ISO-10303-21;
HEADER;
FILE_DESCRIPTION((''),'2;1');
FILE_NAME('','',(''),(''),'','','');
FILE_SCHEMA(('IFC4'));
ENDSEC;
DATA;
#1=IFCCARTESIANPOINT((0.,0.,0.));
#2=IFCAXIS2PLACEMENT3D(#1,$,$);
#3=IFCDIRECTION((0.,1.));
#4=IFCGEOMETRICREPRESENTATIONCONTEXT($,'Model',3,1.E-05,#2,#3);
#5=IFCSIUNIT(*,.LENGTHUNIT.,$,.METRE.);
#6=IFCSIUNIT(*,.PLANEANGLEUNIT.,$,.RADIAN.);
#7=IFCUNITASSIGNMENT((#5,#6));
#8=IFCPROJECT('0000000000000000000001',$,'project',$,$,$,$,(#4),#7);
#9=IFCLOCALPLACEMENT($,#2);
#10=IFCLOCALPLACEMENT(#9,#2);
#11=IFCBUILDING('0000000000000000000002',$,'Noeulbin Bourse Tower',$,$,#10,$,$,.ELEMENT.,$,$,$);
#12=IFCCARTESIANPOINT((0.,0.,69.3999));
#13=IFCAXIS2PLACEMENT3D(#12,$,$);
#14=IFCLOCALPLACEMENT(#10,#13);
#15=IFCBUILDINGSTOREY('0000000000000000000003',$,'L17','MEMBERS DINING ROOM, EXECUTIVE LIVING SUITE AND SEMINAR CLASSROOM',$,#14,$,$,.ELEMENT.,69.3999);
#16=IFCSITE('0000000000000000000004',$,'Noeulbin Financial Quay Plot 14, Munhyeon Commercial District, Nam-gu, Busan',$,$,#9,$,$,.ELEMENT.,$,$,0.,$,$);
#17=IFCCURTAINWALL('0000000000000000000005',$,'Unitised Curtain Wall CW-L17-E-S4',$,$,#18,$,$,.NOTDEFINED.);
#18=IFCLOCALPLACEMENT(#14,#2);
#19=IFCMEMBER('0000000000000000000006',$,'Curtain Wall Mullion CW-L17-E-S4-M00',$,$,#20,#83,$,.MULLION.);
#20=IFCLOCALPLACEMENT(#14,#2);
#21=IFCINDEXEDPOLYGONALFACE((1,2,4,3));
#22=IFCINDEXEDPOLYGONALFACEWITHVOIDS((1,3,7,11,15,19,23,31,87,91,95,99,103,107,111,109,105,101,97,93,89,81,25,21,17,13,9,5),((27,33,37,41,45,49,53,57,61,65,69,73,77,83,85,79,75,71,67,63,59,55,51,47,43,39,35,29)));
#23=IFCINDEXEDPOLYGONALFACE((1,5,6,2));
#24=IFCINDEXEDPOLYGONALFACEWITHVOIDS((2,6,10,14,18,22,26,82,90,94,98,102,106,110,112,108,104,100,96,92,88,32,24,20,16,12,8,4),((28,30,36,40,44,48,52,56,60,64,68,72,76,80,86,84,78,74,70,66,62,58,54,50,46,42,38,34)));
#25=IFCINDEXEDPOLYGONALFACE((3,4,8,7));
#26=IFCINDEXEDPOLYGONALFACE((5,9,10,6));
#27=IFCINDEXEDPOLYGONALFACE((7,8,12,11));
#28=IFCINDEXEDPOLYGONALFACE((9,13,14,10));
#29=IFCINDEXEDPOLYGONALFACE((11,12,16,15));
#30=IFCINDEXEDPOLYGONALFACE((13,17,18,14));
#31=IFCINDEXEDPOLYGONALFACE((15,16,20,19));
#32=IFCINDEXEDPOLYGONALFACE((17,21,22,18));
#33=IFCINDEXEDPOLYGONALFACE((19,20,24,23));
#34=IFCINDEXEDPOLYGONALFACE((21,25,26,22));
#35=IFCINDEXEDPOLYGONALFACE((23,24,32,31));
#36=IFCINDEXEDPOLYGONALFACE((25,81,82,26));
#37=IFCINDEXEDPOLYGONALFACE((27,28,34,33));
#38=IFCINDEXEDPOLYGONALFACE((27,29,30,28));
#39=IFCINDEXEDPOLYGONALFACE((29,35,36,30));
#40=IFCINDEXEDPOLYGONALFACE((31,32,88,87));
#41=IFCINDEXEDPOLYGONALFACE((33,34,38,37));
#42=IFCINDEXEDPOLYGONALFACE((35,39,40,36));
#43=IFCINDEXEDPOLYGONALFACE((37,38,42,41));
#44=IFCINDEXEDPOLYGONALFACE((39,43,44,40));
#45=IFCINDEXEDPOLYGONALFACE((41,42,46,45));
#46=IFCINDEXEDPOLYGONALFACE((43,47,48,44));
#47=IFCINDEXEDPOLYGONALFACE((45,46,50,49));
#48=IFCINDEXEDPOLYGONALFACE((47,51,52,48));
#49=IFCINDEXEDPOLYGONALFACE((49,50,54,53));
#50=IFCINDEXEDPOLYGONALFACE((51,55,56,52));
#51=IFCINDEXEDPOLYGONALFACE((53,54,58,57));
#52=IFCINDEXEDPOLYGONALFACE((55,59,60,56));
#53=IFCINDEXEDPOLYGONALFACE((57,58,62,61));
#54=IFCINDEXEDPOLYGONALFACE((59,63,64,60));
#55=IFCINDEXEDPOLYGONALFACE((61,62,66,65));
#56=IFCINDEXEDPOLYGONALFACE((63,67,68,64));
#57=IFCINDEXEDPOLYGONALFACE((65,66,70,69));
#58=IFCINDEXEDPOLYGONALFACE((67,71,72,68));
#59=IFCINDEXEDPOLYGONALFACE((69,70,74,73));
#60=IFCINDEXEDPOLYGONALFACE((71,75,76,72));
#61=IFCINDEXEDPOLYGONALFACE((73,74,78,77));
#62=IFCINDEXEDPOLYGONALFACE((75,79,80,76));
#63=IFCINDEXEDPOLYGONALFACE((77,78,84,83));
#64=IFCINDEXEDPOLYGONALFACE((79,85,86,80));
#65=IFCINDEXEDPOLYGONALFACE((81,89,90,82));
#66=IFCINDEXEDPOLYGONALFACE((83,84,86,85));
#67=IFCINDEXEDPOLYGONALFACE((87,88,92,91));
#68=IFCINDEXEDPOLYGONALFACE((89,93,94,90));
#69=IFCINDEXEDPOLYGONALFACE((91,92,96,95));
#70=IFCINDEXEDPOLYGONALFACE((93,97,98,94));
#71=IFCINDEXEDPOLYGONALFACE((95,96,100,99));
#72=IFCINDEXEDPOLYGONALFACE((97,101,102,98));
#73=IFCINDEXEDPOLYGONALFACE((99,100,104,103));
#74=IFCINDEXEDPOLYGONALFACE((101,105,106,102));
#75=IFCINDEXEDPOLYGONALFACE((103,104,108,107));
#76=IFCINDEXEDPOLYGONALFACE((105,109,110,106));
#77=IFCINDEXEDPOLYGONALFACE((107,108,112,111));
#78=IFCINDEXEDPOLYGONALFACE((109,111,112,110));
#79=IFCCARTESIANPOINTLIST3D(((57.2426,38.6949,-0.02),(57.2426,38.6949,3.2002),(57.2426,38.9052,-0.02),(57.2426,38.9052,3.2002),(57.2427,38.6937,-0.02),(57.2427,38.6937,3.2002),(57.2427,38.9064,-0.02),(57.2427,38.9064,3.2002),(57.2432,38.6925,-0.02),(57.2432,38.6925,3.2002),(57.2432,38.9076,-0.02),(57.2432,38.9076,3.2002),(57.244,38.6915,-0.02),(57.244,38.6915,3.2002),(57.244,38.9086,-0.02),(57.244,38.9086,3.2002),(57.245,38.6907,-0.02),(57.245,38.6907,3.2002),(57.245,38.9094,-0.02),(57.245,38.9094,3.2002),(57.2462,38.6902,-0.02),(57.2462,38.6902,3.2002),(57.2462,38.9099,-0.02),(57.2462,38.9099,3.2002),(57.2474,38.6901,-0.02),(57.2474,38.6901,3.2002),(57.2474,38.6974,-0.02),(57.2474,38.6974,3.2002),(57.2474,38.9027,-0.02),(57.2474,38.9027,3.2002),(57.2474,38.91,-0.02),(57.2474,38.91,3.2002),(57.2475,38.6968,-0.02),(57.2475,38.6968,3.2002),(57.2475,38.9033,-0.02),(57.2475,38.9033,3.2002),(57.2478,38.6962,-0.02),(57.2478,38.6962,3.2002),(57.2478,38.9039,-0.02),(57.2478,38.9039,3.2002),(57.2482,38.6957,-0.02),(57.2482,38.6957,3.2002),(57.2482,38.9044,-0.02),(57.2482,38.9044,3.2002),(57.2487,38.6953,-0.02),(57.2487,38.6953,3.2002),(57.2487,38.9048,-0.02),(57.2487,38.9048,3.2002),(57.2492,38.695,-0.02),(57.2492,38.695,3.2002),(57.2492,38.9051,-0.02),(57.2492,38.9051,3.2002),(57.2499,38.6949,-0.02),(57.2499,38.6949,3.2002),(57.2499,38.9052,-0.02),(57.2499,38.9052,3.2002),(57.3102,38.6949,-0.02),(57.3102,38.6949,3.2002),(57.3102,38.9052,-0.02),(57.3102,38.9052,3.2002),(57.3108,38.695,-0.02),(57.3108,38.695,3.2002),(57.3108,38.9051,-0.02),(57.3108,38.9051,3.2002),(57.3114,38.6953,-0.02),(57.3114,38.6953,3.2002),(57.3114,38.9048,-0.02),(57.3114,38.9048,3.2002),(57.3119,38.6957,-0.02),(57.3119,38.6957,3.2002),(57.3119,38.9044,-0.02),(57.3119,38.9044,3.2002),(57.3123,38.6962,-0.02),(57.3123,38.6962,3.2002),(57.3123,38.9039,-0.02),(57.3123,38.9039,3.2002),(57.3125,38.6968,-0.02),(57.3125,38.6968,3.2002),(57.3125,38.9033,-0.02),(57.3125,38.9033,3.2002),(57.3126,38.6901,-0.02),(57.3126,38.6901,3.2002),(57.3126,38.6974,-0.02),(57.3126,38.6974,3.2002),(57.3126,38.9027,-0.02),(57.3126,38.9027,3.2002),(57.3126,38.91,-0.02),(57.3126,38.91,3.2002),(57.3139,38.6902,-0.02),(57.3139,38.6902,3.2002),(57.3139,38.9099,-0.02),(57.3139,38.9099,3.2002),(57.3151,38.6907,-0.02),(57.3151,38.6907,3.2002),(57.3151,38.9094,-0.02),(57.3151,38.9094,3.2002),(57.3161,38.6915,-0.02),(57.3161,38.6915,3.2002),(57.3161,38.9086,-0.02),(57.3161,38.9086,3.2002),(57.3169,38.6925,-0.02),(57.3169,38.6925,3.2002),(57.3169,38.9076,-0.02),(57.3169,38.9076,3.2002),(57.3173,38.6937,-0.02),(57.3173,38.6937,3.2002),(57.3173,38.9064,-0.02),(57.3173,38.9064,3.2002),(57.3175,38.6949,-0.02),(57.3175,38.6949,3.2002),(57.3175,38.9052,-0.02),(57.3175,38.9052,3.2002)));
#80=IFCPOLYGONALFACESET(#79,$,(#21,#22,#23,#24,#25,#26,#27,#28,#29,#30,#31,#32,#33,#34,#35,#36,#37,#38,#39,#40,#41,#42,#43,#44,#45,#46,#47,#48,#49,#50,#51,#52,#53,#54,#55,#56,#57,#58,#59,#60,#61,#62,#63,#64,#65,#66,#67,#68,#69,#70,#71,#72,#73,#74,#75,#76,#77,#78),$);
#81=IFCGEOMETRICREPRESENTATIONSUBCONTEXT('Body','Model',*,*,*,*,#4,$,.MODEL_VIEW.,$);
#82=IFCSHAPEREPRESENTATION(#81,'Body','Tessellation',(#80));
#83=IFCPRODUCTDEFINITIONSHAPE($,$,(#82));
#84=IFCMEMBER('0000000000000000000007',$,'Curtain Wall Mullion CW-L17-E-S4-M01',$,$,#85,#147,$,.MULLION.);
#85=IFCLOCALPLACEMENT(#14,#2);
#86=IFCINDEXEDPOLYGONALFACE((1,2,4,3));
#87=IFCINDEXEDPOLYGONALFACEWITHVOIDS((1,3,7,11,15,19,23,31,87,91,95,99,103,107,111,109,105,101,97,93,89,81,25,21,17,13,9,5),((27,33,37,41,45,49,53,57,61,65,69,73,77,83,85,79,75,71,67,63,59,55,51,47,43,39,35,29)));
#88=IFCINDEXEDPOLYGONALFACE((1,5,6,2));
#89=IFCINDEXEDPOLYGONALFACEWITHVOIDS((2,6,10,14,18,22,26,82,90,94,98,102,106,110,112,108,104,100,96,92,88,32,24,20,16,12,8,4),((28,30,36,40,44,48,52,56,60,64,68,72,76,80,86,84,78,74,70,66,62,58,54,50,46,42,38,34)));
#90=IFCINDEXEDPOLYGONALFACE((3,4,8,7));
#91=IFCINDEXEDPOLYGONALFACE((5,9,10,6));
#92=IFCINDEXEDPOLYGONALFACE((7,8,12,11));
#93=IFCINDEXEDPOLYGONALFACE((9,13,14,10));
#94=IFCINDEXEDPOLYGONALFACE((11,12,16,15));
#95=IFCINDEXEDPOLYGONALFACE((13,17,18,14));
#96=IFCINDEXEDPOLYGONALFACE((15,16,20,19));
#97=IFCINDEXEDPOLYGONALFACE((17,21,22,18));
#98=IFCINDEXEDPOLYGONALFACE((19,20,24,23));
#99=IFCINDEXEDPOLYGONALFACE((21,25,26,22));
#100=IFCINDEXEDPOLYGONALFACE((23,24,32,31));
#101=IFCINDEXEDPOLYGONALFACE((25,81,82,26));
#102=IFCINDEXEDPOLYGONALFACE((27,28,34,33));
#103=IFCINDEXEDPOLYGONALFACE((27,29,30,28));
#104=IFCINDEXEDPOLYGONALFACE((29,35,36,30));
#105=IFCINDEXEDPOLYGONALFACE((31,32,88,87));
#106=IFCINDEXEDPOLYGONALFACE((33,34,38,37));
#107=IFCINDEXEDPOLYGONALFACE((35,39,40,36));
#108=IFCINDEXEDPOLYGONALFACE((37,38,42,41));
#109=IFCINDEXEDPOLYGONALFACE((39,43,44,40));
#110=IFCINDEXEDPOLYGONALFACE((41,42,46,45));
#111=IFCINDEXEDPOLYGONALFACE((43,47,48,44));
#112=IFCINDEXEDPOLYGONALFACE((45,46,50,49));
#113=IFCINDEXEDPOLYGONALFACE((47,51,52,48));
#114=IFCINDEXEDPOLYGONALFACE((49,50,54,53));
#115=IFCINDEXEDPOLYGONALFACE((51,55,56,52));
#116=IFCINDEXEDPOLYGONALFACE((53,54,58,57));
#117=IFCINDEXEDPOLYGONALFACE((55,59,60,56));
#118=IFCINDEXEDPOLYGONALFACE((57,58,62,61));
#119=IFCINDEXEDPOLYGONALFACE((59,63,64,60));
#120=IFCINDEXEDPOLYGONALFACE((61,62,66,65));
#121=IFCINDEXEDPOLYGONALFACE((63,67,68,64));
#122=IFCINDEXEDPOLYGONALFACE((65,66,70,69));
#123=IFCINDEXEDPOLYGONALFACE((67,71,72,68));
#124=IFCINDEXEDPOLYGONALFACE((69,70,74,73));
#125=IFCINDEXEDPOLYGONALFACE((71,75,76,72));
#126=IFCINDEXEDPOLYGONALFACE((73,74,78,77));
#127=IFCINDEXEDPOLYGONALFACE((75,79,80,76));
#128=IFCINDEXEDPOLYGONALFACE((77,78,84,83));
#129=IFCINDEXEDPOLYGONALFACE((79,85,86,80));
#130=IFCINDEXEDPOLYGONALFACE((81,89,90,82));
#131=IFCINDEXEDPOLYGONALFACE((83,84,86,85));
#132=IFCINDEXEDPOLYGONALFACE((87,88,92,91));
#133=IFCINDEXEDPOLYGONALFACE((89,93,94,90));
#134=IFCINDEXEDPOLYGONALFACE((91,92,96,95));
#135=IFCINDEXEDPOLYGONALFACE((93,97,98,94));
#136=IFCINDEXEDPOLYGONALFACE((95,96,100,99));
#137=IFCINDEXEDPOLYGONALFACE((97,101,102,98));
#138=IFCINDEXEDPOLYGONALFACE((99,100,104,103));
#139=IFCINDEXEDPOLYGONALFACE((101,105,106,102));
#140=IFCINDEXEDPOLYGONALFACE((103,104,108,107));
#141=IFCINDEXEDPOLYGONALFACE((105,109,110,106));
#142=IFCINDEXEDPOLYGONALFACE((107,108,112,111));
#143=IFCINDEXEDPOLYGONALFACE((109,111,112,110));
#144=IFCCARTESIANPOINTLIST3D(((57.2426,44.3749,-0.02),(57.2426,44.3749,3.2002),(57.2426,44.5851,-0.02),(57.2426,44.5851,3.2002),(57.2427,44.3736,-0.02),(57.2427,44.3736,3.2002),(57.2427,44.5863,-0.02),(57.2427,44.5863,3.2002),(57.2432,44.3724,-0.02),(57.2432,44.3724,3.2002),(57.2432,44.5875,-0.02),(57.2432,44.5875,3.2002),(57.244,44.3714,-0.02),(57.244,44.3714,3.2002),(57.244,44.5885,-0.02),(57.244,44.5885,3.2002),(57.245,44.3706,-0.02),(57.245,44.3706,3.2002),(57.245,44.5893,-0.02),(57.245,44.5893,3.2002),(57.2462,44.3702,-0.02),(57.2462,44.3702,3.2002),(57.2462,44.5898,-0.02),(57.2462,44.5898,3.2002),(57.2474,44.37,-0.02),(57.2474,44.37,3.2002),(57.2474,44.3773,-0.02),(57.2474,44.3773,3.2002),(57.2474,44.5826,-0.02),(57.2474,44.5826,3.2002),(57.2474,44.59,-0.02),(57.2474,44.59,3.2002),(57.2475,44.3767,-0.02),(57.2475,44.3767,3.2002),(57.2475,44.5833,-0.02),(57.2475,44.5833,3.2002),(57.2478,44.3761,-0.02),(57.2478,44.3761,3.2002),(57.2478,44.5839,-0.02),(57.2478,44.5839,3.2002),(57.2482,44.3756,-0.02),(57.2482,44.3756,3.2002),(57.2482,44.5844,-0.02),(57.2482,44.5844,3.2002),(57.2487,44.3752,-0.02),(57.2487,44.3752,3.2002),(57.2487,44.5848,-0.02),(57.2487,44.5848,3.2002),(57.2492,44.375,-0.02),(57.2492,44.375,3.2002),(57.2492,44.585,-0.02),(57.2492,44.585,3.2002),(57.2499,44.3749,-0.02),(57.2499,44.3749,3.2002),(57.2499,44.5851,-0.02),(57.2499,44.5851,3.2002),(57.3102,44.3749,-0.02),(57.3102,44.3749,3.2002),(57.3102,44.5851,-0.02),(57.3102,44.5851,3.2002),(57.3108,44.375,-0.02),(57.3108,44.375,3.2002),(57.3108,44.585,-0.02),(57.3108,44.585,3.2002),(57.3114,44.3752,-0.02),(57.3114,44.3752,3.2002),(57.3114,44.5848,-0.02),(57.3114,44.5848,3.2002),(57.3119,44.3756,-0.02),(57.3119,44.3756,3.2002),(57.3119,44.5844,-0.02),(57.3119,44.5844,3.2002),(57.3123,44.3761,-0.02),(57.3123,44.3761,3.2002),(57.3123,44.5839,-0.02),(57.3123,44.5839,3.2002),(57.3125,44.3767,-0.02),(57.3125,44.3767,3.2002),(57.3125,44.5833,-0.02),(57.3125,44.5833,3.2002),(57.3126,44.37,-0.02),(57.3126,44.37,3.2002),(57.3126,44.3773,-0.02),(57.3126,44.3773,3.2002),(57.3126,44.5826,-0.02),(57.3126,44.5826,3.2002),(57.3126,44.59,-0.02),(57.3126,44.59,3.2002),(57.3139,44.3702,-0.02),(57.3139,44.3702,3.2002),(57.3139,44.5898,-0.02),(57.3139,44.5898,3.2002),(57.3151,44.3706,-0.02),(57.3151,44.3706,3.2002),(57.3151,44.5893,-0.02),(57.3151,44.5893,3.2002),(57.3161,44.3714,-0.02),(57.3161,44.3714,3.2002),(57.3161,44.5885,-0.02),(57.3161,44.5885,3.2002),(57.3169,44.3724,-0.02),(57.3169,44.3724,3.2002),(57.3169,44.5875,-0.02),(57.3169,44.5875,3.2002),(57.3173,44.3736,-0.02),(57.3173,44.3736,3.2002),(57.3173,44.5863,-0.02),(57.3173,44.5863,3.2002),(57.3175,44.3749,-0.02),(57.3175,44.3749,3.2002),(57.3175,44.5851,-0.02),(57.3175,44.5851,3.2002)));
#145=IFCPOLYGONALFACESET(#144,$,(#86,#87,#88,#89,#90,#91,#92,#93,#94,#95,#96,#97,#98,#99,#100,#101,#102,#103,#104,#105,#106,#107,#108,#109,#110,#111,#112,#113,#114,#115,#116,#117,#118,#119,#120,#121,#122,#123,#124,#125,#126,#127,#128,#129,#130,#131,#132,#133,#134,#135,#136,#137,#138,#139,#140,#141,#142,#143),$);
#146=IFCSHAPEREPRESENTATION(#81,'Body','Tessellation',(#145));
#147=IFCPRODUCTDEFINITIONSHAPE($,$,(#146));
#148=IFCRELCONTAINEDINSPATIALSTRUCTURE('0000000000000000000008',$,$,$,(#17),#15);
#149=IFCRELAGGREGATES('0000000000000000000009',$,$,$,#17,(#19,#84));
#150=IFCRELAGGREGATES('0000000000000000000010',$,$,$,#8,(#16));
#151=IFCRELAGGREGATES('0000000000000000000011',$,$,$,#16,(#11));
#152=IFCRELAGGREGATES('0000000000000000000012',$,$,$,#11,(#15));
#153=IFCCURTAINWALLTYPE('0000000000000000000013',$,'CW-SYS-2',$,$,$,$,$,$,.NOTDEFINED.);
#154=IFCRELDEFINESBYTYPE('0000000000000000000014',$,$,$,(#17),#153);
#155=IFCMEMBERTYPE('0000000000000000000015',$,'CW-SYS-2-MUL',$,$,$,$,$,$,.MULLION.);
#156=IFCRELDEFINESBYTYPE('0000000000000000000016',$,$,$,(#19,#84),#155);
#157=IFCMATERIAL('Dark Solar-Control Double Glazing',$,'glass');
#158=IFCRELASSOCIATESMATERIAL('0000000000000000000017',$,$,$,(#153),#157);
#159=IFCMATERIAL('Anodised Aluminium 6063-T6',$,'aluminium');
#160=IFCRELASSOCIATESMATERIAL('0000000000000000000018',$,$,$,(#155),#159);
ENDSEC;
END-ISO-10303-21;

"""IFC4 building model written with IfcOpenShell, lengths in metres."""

from ifc_helpers import new_model, si_unit, direction, frame, origin, origin_2d, place, context, subcontext, project, spatial, hollow_rectangle, extrude, material, material_profile, profile_set, type_object, element, aggregate, save


model = new_model("IFC4")

# Units and contexts
model_context = context("Model", 3, precision=1e-05, world=origin(), true_north=direction((0.0, 1.0)))
body_context = subcontext(model_context, "Body", "Model", "MODEL_VIEW")
ifc_project = project(units=[si_unit("LENGTHUNIT", "METRE"), si_unit("PLANEANGLEUNIT", "RADIAN")], contexts=[model_context])

# Site, building, storey
site_placement = place(None, origin())
site = spatial("IfcSite", under=ifc_project, at=site_placement, Name="Noeulbin Financial Quay Plot 14, Munhyeon Commercial District, Nam-gu, Busan", CompositionType="ELEMENT", RefElevation=0.0)
building_placement = place(site_placement, origin())
building = spatial("IfcBuilding", under=site, at=building_placement, Name="Noeulbin Bourse Tower", CompositionType="ELEMENT")
storey_placement = place(building_placement, frame((0.0, 0.0, 69.3999)))
storey = spatial("IfcBuildingStorey", under=building, at=storey_placement, Name="L17", Description="MEMBERS DINING ROOM, EXECUTIVE LIVING SUITE AND SEMINAR CLASSROOM", CompositionType="ELEMENT", Elevation=69.3999)

# Shared definitions
ifc_material_1 = material(Name="Dark Solar-Control Double Glazing", Category="glass")
curtain_wall_type = type_object("IfcCurtainWallType", Name="CW-SYS-2", PredefinedType="NOTDEFINED", material=ifc_material_1)
ifc_material_2 = material(Name="Anodised Aluminium 6063-T6", Category="aluminium")
ifc_material_profile_1 = material_profile(ifc_material_2, hollow_rectangle(XDim=0.075, YDim=0.22, WallThickness=0.0049, InnerFilletRadius=0.0024, OuterFilletRadius=0.0049, at=origin_2d()), Name="ALU-MULL-75x220x5", Category="LoadBearing")
ifc_profile_set_1 = profile_set([ifc_material_profile_1], Name="Anodised Aluminium 6063-T6")
member_type_1 = type_object("IfcMemberType", Name="CW-SYS-2-MUL", PredefinedType="MULLION", material=ifc_profile_set_1)

# Curtain wall, members
curtain_wall_1_placement = place(storey_placement, origin())
curtain_wall_1 = element("IfcCurtainWall", 1, at=curtain_wall_1_placement, inside=storey, type_object=curtain_wall_type, Name="Unitised Curtain Wall CW-L17-E-S4", PredefinedType="NOTDEFINED")
member_1_placement = place(storey_placement, frame((57.28, 38.8, -0.02), z_axis=(0.0, 0.0, 1.0), x_axis=(1.0, 0.0, 0.0)))
member_1 = element("IfcMember", 2, at=member_1_placement, type_object=member_type_1, Name="Curtain Wall Mullion CW-L17-E-S4-M00", PredefinedType="MULLION", context=body_context, shape_type="SweptSolid", body=[
    extrude(hollow_rectangle(XDim=0.075, YDim=0.22, WallThickness=0.0049, InnerFilletRadius=0.0024, OuterFilletRadius=0.0049, at=origin_2d()), origin(), (0.0, 0.0, 1.0), 3.2202),
])
member_2_placement = place(storey_placement, frame((57.28, 44.48, -0.02), z_axis=(0.0, 0.0, 1.0), x_axis=(1.0, 0.0, 0.0)))
member_2 = element("IfcMember", 3, at=member_2_placement, type_object=member_type_1, Name="Curtain Wall Mullion CW-L17-E-S4-M01", PredefinedType="MULLION", context=body_context, shape_type="SweptSolid", body=[
    extrude(hollow_rectangle(XDim=0.075, YDim=0.22, WallThickness=0.0049, InnerFilletRadius=0.0024, OuterFilletRadius=0.0049, at=origin_2d()), origin(), (0.0, 0.0, 1.0), 3.2202),
])

aggregate(curtain_wall_1, [member_1, member_2])

save(model, "model.ifc")
